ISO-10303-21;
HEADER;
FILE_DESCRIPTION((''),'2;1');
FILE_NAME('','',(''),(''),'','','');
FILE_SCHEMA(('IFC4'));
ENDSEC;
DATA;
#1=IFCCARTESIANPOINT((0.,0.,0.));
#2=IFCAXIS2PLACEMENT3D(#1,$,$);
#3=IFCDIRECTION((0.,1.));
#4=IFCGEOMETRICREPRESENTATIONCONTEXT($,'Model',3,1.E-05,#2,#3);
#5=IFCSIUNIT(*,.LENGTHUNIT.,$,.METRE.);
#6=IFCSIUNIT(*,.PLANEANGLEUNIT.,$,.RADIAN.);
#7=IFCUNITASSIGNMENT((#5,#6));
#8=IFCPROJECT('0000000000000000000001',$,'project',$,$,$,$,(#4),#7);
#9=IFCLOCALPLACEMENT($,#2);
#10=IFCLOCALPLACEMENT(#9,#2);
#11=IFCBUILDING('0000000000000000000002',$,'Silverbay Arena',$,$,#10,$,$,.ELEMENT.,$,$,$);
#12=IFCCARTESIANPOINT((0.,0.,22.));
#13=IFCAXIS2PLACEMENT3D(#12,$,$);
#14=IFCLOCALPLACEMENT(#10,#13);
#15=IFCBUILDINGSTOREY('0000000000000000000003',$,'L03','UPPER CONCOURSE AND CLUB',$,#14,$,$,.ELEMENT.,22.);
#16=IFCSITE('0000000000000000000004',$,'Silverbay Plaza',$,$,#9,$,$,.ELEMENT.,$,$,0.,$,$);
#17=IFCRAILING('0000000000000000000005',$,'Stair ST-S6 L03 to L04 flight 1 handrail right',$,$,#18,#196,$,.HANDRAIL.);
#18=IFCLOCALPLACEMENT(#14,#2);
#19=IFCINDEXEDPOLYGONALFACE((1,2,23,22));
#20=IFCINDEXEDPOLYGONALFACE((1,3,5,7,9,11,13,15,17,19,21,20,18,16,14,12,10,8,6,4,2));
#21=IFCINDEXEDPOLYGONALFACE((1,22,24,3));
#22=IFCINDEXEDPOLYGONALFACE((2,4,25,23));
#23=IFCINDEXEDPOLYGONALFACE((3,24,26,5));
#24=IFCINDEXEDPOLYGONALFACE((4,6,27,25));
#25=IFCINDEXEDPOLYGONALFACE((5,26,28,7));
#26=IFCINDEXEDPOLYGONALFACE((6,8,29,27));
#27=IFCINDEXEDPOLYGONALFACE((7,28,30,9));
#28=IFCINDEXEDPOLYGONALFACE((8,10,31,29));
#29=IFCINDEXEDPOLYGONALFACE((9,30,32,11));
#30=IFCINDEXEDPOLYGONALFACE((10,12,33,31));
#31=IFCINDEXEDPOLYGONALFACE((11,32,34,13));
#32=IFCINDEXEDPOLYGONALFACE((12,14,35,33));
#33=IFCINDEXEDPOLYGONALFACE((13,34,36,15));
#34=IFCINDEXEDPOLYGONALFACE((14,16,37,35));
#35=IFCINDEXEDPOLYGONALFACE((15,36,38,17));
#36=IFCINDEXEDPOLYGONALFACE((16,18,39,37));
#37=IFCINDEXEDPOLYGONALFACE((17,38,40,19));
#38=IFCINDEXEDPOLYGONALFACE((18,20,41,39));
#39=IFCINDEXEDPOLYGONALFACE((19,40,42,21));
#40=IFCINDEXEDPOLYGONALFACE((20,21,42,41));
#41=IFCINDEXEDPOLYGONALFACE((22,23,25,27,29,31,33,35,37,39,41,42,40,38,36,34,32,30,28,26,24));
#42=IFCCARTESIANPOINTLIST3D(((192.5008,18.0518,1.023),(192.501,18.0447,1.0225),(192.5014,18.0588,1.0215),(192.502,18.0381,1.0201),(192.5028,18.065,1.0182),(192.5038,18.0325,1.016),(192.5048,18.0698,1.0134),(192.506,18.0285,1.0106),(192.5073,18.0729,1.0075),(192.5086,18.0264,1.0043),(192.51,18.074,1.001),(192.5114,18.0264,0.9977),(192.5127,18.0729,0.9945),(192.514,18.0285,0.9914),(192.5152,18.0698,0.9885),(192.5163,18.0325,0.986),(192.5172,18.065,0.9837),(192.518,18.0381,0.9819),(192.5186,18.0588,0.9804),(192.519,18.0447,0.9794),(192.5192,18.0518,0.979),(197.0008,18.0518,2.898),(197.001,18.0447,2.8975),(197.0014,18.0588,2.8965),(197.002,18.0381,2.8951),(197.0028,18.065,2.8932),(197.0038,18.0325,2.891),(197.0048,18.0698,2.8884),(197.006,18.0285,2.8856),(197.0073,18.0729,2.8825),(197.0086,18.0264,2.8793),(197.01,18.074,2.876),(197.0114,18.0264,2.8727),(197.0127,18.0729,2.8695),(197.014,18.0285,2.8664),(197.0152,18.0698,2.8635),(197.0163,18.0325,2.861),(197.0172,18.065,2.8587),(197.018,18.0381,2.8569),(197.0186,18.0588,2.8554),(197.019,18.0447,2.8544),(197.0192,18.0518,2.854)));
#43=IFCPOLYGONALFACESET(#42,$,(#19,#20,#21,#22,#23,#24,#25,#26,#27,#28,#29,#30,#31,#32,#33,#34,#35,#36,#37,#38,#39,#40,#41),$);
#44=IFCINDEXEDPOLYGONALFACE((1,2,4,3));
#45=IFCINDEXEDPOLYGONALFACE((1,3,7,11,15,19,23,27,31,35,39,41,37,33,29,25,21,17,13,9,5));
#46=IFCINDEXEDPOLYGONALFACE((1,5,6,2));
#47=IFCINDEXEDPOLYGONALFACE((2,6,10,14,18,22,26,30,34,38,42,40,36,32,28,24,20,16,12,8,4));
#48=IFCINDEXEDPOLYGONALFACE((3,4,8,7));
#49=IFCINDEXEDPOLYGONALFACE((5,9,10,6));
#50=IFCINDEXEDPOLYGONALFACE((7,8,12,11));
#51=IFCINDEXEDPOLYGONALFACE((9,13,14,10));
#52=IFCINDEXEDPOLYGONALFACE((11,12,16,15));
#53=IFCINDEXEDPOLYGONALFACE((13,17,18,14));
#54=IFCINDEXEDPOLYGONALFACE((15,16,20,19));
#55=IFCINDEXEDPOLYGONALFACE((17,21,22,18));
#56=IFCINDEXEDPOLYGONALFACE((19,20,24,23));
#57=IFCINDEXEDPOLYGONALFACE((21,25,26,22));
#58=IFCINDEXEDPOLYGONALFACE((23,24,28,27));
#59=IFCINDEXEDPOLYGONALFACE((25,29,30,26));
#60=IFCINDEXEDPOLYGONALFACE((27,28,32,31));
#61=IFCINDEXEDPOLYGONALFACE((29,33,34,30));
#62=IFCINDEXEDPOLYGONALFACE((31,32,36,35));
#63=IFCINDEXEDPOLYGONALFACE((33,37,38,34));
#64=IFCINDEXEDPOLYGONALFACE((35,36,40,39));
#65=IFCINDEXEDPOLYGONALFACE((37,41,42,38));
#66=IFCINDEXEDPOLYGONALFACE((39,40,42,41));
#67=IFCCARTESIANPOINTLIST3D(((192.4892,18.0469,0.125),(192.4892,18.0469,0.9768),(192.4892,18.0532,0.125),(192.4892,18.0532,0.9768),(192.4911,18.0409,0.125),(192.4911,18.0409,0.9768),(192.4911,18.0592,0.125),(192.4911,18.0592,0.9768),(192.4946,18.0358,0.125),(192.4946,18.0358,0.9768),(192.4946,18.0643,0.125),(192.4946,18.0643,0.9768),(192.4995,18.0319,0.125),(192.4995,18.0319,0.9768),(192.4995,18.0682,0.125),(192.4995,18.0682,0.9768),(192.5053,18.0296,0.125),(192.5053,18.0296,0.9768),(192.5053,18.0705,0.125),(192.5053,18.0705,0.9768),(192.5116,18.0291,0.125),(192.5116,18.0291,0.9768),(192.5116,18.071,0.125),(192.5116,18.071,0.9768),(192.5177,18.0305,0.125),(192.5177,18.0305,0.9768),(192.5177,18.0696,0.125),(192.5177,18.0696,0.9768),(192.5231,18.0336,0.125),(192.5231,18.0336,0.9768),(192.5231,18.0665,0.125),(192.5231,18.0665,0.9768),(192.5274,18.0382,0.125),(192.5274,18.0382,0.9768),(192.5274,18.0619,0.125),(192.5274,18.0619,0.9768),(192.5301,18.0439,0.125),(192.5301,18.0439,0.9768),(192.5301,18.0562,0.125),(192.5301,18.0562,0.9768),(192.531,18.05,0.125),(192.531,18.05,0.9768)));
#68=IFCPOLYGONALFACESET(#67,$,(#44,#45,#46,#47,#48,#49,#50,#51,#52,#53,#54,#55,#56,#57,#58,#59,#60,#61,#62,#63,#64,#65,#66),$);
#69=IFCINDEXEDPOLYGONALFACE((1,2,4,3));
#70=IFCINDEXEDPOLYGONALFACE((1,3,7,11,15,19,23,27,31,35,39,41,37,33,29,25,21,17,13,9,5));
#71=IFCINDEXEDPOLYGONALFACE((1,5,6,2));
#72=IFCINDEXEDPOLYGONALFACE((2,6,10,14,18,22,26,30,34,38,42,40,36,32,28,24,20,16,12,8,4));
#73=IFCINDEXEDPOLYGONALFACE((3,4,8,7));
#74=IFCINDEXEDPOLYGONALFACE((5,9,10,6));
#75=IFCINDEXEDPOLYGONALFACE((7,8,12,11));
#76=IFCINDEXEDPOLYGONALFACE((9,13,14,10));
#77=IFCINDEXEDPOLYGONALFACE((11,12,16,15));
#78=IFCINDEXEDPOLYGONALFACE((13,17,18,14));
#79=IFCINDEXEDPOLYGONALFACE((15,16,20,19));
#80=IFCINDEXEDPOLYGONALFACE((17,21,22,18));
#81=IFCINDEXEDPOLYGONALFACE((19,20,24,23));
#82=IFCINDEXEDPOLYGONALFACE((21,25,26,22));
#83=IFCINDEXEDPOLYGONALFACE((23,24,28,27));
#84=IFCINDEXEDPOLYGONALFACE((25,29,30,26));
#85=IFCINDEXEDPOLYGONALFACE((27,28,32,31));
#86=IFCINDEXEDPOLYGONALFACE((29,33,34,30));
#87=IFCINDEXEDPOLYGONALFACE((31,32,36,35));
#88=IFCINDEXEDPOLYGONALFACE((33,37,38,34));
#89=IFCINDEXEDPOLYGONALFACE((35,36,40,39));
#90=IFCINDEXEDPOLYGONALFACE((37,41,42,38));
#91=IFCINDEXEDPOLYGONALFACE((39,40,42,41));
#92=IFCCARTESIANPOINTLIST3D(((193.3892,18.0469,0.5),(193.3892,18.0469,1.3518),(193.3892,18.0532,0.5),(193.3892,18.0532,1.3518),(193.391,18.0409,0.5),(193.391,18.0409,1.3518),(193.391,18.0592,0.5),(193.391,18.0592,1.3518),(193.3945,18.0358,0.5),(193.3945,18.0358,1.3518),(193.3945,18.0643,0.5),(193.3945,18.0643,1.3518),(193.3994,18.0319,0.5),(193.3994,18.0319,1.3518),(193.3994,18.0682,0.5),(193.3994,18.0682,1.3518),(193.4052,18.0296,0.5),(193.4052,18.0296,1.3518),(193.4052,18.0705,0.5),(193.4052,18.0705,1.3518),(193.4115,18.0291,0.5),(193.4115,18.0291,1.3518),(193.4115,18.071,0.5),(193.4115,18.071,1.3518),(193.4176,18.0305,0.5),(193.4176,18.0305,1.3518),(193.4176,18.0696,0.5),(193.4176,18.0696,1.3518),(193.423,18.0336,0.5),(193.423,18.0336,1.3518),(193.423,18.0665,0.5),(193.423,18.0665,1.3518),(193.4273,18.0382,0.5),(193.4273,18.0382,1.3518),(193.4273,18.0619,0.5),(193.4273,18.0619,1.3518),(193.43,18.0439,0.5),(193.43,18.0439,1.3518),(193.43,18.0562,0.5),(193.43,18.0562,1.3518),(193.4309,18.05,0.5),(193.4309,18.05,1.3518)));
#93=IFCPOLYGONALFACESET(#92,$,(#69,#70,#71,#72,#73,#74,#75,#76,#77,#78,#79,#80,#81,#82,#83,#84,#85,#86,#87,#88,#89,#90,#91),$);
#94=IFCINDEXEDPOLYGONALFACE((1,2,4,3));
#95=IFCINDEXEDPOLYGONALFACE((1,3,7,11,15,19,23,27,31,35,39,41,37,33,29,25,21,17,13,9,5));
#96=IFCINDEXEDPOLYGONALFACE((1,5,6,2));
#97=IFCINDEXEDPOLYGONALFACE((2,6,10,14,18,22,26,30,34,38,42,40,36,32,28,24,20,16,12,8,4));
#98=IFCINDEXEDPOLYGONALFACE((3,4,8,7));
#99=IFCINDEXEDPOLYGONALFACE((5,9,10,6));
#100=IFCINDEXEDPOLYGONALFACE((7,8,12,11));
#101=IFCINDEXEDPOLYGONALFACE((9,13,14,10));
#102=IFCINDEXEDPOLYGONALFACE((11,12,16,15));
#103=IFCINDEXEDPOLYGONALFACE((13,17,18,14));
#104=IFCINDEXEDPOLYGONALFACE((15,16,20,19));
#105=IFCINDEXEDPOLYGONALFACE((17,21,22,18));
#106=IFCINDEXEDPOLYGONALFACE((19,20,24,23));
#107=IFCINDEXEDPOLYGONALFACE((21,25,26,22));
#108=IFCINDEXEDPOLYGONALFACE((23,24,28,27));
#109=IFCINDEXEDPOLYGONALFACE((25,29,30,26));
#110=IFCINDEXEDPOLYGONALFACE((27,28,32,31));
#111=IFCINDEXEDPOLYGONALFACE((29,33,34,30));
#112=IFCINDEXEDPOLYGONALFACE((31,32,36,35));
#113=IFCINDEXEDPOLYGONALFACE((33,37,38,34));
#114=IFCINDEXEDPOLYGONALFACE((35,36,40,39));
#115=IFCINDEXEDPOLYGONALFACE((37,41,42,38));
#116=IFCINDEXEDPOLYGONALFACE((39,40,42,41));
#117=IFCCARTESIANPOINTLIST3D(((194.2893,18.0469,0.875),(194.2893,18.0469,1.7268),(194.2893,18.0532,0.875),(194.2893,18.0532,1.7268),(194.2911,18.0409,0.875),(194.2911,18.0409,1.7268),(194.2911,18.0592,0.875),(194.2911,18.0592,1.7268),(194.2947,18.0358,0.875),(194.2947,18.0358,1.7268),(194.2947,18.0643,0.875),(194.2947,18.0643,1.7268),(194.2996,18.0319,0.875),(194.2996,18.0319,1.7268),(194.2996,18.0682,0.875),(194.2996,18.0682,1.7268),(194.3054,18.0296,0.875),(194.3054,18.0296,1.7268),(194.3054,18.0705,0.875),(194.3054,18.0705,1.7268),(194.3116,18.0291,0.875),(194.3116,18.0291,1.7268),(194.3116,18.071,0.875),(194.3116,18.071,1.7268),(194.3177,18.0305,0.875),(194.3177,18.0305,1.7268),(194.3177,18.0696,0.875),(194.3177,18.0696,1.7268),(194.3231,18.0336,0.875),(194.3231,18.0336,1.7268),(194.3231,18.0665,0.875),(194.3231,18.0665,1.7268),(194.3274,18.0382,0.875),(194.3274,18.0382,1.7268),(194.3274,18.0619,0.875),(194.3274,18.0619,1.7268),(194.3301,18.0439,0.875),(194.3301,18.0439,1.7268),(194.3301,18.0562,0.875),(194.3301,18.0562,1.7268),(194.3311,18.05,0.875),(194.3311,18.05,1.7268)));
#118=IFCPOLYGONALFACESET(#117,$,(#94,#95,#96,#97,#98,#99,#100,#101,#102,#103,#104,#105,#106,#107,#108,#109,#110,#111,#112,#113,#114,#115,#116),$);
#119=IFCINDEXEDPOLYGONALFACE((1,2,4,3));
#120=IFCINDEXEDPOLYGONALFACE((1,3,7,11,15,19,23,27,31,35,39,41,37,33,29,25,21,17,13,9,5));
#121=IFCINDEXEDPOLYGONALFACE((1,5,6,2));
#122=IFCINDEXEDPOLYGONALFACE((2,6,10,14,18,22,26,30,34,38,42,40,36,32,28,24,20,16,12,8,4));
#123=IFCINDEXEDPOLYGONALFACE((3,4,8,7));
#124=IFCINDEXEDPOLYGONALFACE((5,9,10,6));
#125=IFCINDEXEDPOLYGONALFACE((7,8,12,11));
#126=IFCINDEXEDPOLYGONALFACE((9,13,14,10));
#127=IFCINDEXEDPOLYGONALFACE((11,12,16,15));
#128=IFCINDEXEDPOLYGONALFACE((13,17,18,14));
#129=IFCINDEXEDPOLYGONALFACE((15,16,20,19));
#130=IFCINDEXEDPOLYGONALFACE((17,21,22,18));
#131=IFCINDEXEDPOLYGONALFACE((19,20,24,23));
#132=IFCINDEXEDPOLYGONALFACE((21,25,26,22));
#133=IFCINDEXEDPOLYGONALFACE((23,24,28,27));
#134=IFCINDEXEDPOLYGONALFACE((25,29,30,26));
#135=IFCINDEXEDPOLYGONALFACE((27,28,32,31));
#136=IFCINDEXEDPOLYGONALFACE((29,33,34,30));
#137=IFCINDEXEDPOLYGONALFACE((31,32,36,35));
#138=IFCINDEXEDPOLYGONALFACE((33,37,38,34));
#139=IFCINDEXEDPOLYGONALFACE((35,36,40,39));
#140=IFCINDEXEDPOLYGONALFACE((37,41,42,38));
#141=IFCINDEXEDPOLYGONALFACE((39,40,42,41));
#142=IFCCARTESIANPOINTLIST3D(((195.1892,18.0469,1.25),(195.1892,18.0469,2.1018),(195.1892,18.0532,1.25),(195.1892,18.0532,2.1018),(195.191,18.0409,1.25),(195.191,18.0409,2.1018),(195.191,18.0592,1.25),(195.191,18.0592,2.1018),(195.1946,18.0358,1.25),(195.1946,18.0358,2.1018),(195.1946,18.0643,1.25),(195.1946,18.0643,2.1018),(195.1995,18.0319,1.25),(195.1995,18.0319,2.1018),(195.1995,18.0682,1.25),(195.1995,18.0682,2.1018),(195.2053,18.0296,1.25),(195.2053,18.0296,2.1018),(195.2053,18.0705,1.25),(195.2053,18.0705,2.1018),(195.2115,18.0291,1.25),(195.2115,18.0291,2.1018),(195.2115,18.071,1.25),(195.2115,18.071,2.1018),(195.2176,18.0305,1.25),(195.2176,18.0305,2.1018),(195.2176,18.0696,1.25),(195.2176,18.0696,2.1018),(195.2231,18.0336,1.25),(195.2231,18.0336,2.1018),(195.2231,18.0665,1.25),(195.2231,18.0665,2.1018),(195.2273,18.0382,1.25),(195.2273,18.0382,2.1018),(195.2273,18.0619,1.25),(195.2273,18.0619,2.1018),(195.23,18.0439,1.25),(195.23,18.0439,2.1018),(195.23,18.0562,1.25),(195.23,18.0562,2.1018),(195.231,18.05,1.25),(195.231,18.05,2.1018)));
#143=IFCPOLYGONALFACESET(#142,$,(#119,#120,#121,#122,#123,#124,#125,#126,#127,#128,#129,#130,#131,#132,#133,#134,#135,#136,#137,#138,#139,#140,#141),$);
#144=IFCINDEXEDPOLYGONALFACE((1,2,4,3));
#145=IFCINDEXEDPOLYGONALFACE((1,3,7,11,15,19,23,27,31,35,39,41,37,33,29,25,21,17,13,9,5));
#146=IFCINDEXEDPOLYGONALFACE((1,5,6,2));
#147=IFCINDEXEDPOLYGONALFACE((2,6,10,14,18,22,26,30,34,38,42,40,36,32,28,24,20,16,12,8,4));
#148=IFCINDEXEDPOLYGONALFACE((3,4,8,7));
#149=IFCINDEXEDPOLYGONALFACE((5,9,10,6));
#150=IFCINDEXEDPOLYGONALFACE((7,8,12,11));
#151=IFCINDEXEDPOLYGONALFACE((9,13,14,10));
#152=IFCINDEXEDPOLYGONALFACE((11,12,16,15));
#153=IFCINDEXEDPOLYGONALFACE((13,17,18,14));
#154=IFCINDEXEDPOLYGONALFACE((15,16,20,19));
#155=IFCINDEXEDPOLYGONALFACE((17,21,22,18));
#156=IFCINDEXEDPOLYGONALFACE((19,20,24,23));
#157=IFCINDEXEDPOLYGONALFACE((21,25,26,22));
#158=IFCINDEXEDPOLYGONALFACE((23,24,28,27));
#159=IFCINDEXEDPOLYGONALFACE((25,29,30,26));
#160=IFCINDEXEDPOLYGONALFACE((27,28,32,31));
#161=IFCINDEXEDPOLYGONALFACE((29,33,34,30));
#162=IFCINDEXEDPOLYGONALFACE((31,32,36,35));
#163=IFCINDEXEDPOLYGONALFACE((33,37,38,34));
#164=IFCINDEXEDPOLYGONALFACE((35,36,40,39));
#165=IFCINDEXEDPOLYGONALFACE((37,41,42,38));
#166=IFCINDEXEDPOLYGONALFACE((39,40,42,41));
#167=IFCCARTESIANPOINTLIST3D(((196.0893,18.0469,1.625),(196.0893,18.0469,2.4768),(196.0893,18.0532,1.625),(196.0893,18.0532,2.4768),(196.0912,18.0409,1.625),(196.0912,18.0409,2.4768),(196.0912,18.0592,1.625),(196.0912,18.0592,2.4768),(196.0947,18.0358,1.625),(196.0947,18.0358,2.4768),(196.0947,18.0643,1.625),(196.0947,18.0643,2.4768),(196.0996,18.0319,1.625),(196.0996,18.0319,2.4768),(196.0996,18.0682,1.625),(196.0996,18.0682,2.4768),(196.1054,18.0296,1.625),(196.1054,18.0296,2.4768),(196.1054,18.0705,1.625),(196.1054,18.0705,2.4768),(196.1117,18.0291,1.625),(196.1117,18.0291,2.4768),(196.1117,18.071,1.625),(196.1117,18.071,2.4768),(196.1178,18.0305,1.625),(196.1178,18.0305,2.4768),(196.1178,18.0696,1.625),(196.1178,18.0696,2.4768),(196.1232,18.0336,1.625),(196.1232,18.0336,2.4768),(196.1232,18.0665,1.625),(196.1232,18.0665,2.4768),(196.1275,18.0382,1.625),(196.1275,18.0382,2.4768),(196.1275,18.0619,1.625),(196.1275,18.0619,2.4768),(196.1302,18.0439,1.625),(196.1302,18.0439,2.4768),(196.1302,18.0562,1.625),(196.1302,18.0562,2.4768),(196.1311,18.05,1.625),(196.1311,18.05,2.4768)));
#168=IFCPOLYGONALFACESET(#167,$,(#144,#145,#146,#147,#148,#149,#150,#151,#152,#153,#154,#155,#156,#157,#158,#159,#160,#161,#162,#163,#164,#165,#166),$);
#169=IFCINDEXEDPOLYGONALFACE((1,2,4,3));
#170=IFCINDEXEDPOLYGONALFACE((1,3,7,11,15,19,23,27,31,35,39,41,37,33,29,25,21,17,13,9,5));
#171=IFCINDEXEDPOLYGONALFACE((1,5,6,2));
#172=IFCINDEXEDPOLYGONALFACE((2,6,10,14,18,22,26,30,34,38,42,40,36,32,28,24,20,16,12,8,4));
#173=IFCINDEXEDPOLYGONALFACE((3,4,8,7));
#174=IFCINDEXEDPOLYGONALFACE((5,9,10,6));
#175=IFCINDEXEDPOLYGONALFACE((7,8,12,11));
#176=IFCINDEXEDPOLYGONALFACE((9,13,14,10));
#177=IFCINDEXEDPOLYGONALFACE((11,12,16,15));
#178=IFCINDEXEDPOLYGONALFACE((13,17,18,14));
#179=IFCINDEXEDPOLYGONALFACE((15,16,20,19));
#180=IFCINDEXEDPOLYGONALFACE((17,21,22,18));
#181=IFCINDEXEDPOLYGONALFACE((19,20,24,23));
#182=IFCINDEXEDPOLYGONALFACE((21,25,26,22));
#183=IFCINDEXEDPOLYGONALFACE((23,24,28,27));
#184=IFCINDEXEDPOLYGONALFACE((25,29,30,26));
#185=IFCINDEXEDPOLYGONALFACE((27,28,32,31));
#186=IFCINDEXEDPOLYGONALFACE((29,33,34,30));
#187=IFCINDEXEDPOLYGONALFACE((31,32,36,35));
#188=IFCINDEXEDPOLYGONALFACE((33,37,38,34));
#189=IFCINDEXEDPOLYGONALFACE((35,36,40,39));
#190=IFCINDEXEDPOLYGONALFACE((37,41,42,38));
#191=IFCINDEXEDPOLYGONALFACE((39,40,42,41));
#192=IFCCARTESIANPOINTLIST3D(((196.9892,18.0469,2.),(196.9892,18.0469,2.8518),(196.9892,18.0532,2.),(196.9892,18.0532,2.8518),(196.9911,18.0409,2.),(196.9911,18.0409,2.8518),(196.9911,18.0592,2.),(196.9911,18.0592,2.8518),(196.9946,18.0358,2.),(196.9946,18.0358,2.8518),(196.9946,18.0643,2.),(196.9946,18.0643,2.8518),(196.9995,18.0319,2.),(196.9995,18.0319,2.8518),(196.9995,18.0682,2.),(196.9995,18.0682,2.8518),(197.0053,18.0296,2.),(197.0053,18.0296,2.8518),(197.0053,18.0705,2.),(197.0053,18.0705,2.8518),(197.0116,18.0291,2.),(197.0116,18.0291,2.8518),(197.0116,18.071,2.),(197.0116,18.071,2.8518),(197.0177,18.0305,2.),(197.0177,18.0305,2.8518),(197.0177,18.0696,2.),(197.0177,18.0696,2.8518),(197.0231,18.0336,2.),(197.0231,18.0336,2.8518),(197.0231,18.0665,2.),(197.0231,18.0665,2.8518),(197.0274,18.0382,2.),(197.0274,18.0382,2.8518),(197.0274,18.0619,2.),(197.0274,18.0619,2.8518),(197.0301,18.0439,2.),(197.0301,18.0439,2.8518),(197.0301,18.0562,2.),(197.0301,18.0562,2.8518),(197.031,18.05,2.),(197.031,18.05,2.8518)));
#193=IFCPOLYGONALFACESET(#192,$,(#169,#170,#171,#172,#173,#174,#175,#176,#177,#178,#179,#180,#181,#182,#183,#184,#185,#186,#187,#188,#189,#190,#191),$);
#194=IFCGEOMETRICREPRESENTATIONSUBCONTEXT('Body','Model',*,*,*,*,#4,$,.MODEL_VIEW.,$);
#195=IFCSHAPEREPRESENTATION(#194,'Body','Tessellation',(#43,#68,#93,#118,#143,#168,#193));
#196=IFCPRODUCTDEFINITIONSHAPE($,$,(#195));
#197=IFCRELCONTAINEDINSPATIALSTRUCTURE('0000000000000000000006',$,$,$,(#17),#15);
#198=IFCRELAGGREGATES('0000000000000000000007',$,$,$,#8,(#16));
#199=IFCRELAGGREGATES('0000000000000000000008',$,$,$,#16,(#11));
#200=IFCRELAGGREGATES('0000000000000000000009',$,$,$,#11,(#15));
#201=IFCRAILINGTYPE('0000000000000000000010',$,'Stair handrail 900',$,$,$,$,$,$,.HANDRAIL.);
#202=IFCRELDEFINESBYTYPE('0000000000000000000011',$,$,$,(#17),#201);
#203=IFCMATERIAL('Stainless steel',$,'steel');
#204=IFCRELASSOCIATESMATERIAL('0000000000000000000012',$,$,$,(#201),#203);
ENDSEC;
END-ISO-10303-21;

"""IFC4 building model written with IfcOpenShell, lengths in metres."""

from ifc_helpers import new_model, si_unit, direction, frame, origin, origin_2d, place, context, subcontext, project, spatial, circle, extrude, material, type_object, element, save


model = new_model("IFC4")

# Units and contexts
model_context = context("Model", 3, precision=1e-05, world=origin(), true_north=direction((0.0, 1.0)))
body_context = subcontext(model_context, "Body", "Model", "MODEL_VIEW")
ifc_project = project(units=[si_unit("LENGTHUNIT", "METRE"), si_unit("PLANEANGLEUNIT", "RADIAN")], contexts=[model_context])

# Site, building, storey
site_placement = place(None, origin())
site = spatial("IfcSite", under=ifc_project, at=site_placement, Name="Silverbay Plaza", CompositionType="ELEMENT", RefElevation=0.0)
building_placement = place(site_placement, origin())
building = spatial("IfcBuilding", under=site, at=building_placement, Name="Silverbay Arena", CompositionType="ELEMENT")
storey_placement = place(building_placement, frame((0.0, 0.0, 22.0)))
storey = spatial("IfcBuildingStorey", under=building, at=storey_placement, Name="L03", Description="UPPER CONCOURSE AND CLUB", CompositionType="ELEMENT", Elevation=22.0)

# Railing
ifc_material_1 = material(Name="Stainless steel", Category="steel")
railing_type_1 = type_object("IfcRailingType", Name="Stair handrail 900", PredefinedType="HANDRAIL", material=ifc_material_1)
for number, where, name in (
    (1, (192.51, 18.05, 0.125), "Stair ST-S6 L03 to L04 flight 1 handrail right"),
):
    element("IfcRailing", number, at=place(storey_placement, frame(where)), inside=storey, type_object=railing_type_1, Name=name, PredefinedType="HANDRAIL", context=body_context, shape_type="SweptSolid", body=[
        extrude(circle(Radius=0.0239, at=origin_2d()), frame((0.0, 0.0, 0.876), z_axis=(0.923077, 0.0, 0.384615), x_axis=(0.0, 1.0, 0.0)), (0.0, 0.0, 1.0), 4.875),
        extrude(circle(Radius=0.021, at=origin_2d()), origin(), (0.0, 0.0, 1.0), 0.8518),
        extrude(circle(Radius=0.021, at=origin_2d()), frame((0.8999, 0.0, 0.375)), (0.0, 0.0, 1.0), 0.8518),
        extrude(circle(Radius=0.021, at=origin_2d()), frame((1.8, 0.0, 0.75)), (0.0, 0.0, 1.0), 0.8518),
        extrude(circle(Radius=0.021, at=origin_2d()), frame((2.7, 0.0, 1.125)), (0.0, 0.0, 1.0), 0.8518),
        extrude(circle(Radius=0.021, at=origin_2d()), frame((3.6001, 0.0, 1.5)), (0.0, 0.0, 1.0), 0.8518),
        extrude(circle(Radius=0.021, at=origin_2d()), frame((4.5, 0.0, 1.875)), (0.0, 0.0, 1.0), 0.8518),
    ])

save(model, "model.ifc")
